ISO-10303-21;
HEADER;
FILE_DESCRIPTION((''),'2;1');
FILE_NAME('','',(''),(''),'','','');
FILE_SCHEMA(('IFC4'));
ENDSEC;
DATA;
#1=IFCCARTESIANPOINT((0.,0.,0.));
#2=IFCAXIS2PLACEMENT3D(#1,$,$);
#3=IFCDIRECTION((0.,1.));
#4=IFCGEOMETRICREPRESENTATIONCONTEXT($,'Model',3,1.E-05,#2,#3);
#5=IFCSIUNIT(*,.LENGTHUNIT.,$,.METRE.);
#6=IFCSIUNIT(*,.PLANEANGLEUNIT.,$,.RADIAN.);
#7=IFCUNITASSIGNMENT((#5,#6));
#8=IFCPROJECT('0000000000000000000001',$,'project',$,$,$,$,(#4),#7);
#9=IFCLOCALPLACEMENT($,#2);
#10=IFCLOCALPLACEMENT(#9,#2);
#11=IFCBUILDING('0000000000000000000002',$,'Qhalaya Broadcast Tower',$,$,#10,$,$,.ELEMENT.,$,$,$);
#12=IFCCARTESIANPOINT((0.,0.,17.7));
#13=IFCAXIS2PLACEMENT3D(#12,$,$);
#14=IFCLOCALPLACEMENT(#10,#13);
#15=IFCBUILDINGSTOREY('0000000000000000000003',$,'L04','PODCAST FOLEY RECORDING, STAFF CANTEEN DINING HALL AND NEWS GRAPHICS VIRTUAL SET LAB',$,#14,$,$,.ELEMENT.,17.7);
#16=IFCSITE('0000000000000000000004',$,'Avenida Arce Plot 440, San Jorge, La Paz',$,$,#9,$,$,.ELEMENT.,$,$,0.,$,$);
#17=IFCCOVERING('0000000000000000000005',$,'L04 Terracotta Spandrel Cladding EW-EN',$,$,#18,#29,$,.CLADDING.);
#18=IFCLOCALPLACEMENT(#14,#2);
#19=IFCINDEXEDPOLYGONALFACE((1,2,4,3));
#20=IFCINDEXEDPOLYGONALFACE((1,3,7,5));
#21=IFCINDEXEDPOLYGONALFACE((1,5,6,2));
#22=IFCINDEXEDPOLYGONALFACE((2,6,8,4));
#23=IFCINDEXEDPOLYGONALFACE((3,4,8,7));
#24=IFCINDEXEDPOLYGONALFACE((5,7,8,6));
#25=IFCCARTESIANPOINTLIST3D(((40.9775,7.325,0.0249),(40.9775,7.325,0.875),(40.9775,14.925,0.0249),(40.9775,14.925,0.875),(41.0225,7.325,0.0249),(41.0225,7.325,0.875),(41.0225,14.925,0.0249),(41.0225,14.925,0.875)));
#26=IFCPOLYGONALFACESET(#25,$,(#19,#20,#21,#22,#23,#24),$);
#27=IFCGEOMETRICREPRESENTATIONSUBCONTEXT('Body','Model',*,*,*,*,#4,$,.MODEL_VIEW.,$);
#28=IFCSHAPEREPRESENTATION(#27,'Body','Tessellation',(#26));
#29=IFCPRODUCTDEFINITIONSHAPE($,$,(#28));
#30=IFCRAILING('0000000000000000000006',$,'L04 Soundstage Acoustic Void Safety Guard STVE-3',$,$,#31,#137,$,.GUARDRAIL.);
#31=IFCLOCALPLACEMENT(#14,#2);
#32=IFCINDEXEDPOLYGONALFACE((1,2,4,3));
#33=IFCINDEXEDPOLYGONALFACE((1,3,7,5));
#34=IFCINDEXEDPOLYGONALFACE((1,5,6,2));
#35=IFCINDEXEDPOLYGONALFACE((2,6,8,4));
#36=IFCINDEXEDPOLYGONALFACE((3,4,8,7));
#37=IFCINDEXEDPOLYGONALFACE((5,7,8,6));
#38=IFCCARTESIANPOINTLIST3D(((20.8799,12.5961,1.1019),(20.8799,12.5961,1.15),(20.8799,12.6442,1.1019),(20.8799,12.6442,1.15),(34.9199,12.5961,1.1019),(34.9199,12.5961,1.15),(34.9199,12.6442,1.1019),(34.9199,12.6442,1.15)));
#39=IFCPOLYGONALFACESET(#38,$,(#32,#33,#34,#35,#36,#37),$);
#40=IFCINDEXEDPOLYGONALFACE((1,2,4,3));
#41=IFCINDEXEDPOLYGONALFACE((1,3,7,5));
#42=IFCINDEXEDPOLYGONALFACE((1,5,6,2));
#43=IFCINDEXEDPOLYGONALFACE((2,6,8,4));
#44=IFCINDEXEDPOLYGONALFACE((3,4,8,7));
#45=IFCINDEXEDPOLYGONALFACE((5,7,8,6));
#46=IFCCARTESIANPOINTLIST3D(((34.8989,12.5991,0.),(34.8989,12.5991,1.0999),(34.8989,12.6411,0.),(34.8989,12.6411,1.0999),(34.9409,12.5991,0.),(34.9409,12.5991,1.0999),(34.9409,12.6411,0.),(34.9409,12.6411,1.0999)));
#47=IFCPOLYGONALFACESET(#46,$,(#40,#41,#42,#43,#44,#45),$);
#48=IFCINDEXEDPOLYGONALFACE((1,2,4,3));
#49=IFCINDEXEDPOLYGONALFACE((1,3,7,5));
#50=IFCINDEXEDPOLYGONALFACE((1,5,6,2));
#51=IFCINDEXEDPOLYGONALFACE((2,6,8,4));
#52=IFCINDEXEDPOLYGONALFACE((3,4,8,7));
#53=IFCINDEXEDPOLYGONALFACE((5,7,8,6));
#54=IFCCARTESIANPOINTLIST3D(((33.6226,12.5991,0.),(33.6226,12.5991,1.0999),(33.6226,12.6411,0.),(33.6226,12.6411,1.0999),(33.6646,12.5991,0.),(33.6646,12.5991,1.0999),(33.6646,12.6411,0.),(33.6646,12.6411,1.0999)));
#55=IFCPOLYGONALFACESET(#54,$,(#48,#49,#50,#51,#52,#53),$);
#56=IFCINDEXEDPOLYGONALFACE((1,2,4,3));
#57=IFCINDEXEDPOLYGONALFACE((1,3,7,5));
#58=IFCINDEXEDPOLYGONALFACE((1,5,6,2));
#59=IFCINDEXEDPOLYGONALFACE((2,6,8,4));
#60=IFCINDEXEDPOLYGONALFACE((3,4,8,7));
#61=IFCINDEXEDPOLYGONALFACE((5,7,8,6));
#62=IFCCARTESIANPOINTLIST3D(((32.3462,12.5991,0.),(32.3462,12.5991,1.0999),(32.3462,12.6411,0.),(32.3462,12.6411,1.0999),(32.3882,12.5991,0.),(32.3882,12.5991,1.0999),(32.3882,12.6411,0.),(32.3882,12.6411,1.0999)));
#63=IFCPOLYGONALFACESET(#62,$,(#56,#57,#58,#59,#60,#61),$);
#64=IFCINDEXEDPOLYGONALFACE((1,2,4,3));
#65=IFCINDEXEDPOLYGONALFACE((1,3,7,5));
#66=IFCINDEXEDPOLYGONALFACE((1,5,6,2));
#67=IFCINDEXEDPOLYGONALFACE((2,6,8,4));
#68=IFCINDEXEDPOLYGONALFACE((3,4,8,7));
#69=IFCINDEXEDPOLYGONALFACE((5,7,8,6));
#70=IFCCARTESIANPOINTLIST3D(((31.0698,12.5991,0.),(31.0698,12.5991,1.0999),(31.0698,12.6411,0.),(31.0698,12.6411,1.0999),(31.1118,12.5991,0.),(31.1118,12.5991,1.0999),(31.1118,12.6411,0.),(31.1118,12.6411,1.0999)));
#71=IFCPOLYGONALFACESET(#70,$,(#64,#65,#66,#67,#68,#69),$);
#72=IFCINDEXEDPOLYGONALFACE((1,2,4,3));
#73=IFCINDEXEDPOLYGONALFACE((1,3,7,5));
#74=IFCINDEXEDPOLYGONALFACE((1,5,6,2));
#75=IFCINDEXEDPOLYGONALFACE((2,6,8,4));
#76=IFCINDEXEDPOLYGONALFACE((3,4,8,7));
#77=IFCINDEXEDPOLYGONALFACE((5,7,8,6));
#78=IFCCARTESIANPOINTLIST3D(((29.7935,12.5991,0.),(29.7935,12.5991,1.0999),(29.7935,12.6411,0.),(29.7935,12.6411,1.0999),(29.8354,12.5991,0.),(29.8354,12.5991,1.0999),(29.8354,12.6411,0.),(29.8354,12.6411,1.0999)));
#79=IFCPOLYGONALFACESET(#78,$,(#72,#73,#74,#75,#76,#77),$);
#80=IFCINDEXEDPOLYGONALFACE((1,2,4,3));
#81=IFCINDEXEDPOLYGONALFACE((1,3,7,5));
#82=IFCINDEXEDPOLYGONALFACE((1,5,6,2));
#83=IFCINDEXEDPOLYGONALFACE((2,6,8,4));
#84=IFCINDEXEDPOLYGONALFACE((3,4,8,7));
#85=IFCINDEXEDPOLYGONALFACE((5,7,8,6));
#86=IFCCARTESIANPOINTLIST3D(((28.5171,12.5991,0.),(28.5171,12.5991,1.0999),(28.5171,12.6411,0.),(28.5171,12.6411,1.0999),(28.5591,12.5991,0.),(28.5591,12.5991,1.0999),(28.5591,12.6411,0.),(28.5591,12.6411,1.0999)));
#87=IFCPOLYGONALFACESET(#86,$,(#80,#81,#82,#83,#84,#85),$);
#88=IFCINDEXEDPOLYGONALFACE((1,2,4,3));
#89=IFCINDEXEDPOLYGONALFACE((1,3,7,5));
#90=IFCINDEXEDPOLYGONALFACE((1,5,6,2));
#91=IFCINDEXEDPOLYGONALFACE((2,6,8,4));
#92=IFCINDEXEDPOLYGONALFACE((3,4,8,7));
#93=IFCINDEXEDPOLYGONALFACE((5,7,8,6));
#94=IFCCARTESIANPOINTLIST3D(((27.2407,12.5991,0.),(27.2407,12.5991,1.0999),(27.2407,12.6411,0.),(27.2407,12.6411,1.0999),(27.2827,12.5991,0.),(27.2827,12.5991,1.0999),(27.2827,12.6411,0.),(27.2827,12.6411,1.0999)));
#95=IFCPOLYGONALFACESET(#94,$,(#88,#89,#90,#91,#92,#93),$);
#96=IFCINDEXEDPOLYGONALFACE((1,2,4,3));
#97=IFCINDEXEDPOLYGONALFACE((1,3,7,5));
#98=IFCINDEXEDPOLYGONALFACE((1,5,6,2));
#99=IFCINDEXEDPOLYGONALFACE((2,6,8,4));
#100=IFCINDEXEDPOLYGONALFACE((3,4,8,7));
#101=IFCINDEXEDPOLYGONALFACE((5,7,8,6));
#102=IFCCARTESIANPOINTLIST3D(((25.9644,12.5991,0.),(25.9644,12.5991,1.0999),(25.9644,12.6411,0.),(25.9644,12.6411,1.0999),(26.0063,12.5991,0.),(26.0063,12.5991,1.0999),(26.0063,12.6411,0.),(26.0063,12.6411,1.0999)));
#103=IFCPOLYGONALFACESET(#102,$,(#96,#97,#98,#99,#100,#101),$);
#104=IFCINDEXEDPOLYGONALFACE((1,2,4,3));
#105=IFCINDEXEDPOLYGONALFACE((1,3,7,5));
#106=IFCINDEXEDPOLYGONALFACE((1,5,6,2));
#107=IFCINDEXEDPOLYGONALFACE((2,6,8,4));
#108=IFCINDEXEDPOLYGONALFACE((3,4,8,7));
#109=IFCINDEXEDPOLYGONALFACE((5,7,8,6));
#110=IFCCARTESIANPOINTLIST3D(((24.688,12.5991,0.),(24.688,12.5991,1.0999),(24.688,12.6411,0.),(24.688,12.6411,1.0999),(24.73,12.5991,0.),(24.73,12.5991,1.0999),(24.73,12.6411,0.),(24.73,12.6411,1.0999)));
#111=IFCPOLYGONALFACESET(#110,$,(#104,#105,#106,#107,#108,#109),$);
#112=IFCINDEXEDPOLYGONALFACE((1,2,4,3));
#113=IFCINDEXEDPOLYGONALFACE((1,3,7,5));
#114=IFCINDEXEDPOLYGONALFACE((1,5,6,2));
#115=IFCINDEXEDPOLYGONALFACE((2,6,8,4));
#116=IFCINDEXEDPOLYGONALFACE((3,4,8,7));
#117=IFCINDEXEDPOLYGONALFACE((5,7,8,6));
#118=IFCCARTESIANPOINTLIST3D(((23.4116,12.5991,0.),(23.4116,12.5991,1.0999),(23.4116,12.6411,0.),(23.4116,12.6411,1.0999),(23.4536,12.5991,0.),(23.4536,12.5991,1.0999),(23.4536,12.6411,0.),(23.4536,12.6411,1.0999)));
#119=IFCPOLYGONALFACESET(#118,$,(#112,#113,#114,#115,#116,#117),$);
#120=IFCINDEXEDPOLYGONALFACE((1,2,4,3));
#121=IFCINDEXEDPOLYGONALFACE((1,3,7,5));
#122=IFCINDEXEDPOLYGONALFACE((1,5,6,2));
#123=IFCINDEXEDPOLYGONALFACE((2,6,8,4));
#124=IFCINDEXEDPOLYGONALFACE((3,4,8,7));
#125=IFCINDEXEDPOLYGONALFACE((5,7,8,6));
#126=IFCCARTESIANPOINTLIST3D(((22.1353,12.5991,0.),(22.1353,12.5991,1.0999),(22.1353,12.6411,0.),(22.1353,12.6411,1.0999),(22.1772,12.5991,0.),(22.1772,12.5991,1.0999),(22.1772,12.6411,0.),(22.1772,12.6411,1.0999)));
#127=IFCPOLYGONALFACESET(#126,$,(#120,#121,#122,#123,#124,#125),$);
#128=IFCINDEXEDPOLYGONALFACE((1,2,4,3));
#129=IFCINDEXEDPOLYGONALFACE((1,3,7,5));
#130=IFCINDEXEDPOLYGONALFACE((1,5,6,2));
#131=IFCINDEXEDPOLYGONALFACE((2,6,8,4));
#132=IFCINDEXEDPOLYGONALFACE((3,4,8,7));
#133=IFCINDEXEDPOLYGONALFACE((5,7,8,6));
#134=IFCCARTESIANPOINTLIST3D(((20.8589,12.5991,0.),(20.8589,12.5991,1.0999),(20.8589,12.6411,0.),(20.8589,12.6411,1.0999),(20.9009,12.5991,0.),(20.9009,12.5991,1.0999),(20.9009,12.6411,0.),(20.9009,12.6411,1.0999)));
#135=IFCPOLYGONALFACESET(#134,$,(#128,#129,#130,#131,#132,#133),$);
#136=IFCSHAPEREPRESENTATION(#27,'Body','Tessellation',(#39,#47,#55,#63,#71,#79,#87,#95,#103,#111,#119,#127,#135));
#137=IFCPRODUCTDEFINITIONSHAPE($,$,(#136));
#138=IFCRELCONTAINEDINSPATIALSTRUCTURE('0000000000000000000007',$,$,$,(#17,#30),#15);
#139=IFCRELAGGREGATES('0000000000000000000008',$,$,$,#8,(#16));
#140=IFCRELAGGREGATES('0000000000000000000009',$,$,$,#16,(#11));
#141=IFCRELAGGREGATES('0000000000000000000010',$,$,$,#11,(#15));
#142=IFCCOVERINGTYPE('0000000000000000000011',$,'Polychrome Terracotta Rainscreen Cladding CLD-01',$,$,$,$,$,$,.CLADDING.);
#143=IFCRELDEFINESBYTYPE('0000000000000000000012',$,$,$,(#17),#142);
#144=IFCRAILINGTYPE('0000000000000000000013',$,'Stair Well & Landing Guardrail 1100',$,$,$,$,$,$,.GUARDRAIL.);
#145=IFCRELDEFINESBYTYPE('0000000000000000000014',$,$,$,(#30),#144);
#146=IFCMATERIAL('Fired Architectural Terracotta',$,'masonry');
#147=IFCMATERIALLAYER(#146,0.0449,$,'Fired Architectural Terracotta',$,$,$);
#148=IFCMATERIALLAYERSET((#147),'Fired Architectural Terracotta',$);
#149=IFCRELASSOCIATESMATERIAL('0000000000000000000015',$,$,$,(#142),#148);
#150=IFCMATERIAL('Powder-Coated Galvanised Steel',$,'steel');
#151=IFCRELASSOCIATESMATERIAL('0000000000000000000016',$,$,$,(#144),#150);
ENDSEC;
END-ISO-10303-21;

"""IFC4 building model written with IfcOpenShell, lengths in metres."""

from ifc_helpers import new_model, si_unit, direction, frame, origin, origin_2d, place, context, subcontext, project, spatial, rectangle, extrude, material, layer, layer_set, type_object, element, save


model = new_model("IFC4")

# Units and contexts
model_context = context("Model", 3, precision=1e-05, world=origin(), true_north=direction((0.0, 1.0)))
body_context = subcontext(model_context, "Body", "Model", "MODEL_VIEW")
ifc_project = project(units=[si_unit("LENGTHUNIT", "METRE"), si_unit("PLANEANGLEUNIT", "RADIAN")], contexts=[model_context])

# Site, building, storey
site_placement = place(None, origin())
site = spatial("IfcSite", under=ifc_project, at=site_placement, Name="Avenida Arce Plot 440, San Jorge, La Paz", CompositionType="ELEMENT", RefElevation=0.0)
building_placement = place(site_placement, origin())
building = spatial("IfcBuilding", under=site, at=building_placement, Name="Qhalaya Broadcast Tower", CompositionType="ELEMENT")
storey_placement = place(building_placement, frame((0.0, 0.0, 17.7)))
storey = spatial("IfcBuildingStorey", under=building, at=storey_placement, Name="L04", Description="PODCAST FOLEY RECORDING, STAFF CANTEEN DINING HALL AND NEWS GRAPHICS VIRTUAL SET LAB", CompositionType="ELEMENT", Elevation=17.7)

# Covering
ifc_material_1 = material(Name="Fired Architectural Terracotta", Category="masonry")
ifc_layer_1 = layer(ifc_material_1, 0.0449, Name="Fired Architectural Terracotta")
ifc_layer_set_1 = layer_set([ifc_layer_1], Name="Fired Architectural Terracotta")
covering_type = type_object("IfcCoveringType", Name="Polychrome Terracotta Rainscreen Cladding CLD-01", PredefinedType="CLADDING", material=ifc_layer_set_1)
for number, where, z_axis, x_axis, name in (
    (1, (41.0, 11.125, 0.0249), (0.0, 0.0, 1.0), (0.0, -1.0, 0.0), "L04 Terracotta Spandrel Cladding EW-EN"),
):
    element("IfcCovering", number, at=place(storey_placement, frame(where, z_axis=z_axis, x_axis=x_axis)), inside=storey, type_object=covering_type, Name=name, PredefinedType="CLADDING", context=body_context, shape_type="SweptSolid", body=[
        extrude(rectangle(XDim=7.6001, YDim=0.0449, at=origin_2d()), origin(), (0.0, 0.0, 1.0), 0.8501),
    ])

# Railing
ifc_material_2 = material(Name="Powder-Coated Galvanised Steel", Category="steel")
railing_type = type_object("IfcRailingType", Name="Stair Well & Landing Guardrail 1100", PredefinedType="GUARDRAIL", material=ifc_material_2)
railing_1_placement = place(storey_placement, frame((34.9199, 12.6201, 0.0)))
element("IfcRailing", 2, at=railing_1_placement, inside=storey, type_object=railing_type, Name="L04 Soundstage Acoustic Void Safety Guard STVE-3", PredefinedType="GUARDRAIL", context=body_context, shape_type="SweptSolid", body=[
    extrude(rectangle(XDim=0.0481, YDim=0.0481, at=origin_2d()), frame((0.0, 0.0, 1.126), z_axis=(-1.0, 0.0, 0.0), x_axis=(0.0, -1.0, 0.0)), (0.0, 0.0, 1.0), 14.04),
    extrude(rectangle(XDim=0.042, YDim=0.042, at=origin_2d()), origin(), (0.0, 0.0, 1.0), 1.0999),
    extrude(rectangle(XDim=0.042, YDim=0.042, at=origin_2d()), frame((-1.2764, 0.0, 0.0)), (0.0, 0.0, 1.0), 1.0999),
    extrude(rectangle(XDim=0.042, YDim=0.042, at=origin_2d()), frame((-2.5527, 0.0, 0.0)), (0.0, 0.0, 1.0), 1.0999),
    extrude(rectangle(XDim=0.042, YDim=0.042, at=origin_2d()), frame((-3.8291, 0.0, 0.0)), (0.0, 0.0, 1.0), 1.0999),
    extrude(rectangle(XDim=0.042, YDim=0.042, at=origin_2d()), frame((-5.1055, 0.0, 0.0)), (0.0, 0.0, 1.0), 1.0999),
    extrude(rectangle(XDim=0.042, YDim=0.042, at=origin_2d()), frame((-6.3818, 0.0, 0.0)), (0.0, 0.0, 1.0), 1.0999),
    extrude(rectangle(XDim=0.042, YDim=0.042, at=origin_2d()), frame((-7.6582, 0.0, 0.0)), (0.0, 0.0, 1.0), 1.0999),
    extrude(rectangle(XDim=0.042, YDim=0.042, at=origin_2d()), frame((-8.9346, 0.0, 0.0)), (0.0, 0.0, 1.0), 1.0999),
    extrude(rectangle(XDim=0.042, YDim=0.042, at=origin_2d()), frame((-10.2109, 0.0, 0.0)), (0.0, 0.0, 1.0), 1.0999),
    extrude(rectangle(XDim=0.042, YDim=0.042, at=origin_2d()), frame((-11.4873, 0.0, 0.0)), (0.0, 0.0, 1.0), 1.0999),
    extrude(rectangle(XDim=0.042, YDim=0.042, at=origin_2d()), frame((-12.7637, 0.0, 0.0)), (0.0, 0.0, 1.0), 1.0999),
    extrude(rectangle(XDim=0.042, YDim=0.042, at=origin_2d()), frame((-14.04, 0.0, 0.0)), (0.0, 0.0, 1.0), 1.0999),
])

save(model, "model.ifc")
